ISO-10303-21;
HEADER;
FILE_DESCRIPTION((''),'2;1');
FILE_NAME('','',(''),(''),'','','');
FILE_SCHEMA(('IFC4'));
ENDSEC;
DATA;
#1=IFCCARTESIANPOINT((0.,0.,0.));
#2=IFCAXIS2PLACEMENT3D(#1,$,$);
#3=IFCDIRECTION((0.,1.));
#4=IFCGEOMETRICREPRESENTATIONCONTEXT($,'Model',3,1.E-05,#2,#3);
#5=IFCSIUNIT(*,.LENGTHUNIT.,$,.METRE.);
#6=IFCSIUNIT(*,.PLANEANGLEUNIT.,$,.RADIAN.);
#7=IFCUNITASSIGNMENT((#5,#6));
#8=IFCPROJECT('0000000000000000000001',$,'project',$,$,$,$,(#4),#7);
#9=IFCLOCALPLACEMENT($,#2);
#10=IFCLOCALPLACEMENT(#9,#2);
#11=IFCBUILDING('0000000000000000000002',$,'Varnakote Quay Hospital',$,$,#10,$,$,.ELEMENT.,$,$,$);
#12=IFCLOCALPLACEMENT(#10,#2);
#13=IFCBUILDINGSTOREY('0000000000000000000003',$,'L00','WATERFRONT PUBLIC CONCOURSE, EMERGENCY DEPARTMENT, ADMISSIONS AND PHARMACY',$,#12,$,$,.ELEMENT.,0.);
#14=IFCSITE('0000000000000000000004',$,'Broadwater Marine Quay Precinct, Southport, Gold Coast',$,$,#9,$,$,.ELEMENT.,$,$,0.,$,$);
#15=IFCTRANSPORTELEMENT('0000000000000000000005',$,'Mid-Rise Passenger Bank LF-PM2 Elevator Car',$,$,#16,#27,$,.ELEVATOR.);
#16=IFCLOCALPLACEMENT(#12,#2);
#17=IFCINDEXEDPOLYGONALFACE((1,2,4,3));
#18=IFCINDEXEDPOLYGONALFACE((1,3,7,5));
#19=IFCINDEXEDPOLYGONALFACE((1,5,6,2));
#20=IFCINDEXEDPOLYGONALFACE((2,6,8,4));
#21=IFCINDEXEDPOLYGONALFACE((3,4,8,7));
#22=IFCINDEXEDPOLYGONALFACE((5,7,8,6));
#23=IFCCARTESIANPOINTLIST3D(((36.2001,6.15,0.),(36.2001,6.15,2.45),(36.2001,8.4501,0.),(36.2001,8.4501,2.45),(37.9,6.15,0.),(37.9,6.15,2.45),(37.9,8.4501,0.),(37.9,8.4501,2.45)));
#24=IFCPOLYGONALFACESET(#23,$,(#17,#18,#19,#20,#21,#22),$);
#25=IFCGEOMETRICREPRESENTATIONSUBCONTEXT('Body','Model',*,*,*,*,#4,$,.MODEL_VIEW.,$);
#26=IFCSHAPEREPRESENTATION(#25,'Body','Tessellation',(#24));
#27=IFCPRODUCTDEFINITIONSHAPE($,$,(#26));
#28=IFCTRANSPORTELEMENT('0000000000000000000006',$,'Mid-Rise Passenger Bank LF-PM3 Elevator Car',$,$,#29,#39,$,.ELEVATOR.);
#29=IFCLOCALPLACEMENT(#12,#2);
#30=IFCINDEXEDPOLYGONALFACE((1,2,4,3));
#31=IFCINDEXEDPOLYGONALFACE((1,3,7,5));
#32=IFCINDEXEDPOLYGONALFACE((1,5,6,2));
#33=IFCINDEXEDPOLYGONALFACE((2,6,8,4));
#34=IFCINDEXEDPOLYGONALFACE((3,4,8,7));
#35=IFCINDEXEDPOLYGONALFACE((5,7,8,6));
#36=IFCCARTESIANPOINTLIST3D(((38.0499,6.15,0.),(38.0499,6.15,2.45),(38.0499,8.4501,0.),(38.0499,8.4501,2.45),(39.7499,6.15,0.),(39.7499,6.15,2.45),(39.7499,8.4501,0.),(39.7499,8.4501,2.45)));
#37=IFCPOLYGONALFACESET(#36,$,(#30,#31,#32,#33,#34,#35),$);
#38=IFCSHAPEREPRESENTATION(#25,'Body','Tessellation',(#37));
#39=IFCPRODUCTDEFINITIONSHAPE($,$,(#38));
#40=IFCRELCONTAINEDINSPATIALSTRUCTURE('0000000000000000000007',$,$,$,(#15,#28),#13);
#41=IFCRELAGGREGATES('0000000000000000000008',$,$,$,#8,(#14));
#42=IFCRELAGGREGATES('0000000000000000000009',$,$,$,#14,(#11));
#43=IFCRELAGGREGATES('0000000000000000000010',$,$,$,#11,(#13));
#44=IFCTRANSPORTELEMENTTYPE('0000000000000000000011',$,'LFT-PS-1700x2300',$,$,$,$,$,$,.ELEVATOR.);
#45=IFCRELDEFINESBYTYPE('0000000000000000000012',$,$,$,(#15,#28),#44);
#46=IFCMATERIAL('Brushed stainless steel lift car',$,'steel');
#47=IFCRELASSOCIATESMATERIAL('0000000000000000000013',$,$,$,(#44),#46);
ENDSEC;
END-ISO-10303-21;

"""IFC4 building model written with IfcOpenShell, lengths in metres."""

from ifc_helpers import new_model, si_unit, direction, frame, origin, origin_2d, place, context, subcontext, project, spatial, rectangle, extrude, material, type_object, element, save


model = new_model("IFC4")

# Units and contexts
model_context = context("Model", 3, precision=1e-05, world=origin(), true_north=direction((0.0, 1.0)))
body_context = subcontext(model_context, "Body", "Model", "MODEL_VIEW")
ifc_project = project(units=[si_unit("LENGTHUNIT", "METRE"), si_unit("PLANEANGLEUNIT", "RADIAN")], contexts=[model_context])

# Site, building, storey
site_placement = place(None, origin())
site = spatial("IfcSite", under=ifc_project, at=site_placement, Name="Broadwater Marine Quay Precinct, Southport, Gold Coast", CompositionType="ELEMENT", RefElevation=0.0)
building_placement = place(site_placement, origin())
building = spatial("IfcBuilding", under=site, at=building_placement, Name="Varnakote Quay Hospital", CompositionType="ELEMENT")
storey_placement = place(building_placement, origin())
storey = spatial("IfcBuildingStorey", under=building, at=storey_placement, Name="L00", Description="WATERFRONT PUBLIC CONCOURSE, EMERGENCY DEPARTMENT, ADMISSIONS AND PHARMACY", CompositionType="ELEMENT", Elevation=0.0)

# Transport elements
ifc_material_1 = material(Name="Brushed stainless steel lift car", Category="steel")
transport_element_type = type_object("IfcTransportElementType", Name="LFT-PS-1700x2300", PredefinedType="ELEVATOR", material=ifc_material_1)
for number, where, z_axis, x_axis, name in (
    (1, (37.05, 7.3, 0.0), (0.0, 0.0, 1.0), (1.0, 0.0, 0.0), "Mid-Rise Passenger Bank LF-PM2 Elevator Car"),
    (2, (38.8999, 7.3, 0.0), (0.0, 0.0, 1.0), (1.0, 0.0, 0.0), "Mid-Rise Passenger Bank LF-PM3 Elevator Car"),
):
    element("IfcTransportElement", number, at=place(storey_placement, frame(where, z_axis=z_axis, x_axis=x_axis)), inside=storey, type_object=transport_element_type, Name=name, PredefinedType="ELEVATOR", context=body_context, shape_type="SweptSolid", body=[
        extrude(rectangle(XDim=1.7, YDim=2.3, at=origin_2d()), origin(), (0.0, 0.0, 1.0), 2.45),
    ])

save(model, "model.ifc")
